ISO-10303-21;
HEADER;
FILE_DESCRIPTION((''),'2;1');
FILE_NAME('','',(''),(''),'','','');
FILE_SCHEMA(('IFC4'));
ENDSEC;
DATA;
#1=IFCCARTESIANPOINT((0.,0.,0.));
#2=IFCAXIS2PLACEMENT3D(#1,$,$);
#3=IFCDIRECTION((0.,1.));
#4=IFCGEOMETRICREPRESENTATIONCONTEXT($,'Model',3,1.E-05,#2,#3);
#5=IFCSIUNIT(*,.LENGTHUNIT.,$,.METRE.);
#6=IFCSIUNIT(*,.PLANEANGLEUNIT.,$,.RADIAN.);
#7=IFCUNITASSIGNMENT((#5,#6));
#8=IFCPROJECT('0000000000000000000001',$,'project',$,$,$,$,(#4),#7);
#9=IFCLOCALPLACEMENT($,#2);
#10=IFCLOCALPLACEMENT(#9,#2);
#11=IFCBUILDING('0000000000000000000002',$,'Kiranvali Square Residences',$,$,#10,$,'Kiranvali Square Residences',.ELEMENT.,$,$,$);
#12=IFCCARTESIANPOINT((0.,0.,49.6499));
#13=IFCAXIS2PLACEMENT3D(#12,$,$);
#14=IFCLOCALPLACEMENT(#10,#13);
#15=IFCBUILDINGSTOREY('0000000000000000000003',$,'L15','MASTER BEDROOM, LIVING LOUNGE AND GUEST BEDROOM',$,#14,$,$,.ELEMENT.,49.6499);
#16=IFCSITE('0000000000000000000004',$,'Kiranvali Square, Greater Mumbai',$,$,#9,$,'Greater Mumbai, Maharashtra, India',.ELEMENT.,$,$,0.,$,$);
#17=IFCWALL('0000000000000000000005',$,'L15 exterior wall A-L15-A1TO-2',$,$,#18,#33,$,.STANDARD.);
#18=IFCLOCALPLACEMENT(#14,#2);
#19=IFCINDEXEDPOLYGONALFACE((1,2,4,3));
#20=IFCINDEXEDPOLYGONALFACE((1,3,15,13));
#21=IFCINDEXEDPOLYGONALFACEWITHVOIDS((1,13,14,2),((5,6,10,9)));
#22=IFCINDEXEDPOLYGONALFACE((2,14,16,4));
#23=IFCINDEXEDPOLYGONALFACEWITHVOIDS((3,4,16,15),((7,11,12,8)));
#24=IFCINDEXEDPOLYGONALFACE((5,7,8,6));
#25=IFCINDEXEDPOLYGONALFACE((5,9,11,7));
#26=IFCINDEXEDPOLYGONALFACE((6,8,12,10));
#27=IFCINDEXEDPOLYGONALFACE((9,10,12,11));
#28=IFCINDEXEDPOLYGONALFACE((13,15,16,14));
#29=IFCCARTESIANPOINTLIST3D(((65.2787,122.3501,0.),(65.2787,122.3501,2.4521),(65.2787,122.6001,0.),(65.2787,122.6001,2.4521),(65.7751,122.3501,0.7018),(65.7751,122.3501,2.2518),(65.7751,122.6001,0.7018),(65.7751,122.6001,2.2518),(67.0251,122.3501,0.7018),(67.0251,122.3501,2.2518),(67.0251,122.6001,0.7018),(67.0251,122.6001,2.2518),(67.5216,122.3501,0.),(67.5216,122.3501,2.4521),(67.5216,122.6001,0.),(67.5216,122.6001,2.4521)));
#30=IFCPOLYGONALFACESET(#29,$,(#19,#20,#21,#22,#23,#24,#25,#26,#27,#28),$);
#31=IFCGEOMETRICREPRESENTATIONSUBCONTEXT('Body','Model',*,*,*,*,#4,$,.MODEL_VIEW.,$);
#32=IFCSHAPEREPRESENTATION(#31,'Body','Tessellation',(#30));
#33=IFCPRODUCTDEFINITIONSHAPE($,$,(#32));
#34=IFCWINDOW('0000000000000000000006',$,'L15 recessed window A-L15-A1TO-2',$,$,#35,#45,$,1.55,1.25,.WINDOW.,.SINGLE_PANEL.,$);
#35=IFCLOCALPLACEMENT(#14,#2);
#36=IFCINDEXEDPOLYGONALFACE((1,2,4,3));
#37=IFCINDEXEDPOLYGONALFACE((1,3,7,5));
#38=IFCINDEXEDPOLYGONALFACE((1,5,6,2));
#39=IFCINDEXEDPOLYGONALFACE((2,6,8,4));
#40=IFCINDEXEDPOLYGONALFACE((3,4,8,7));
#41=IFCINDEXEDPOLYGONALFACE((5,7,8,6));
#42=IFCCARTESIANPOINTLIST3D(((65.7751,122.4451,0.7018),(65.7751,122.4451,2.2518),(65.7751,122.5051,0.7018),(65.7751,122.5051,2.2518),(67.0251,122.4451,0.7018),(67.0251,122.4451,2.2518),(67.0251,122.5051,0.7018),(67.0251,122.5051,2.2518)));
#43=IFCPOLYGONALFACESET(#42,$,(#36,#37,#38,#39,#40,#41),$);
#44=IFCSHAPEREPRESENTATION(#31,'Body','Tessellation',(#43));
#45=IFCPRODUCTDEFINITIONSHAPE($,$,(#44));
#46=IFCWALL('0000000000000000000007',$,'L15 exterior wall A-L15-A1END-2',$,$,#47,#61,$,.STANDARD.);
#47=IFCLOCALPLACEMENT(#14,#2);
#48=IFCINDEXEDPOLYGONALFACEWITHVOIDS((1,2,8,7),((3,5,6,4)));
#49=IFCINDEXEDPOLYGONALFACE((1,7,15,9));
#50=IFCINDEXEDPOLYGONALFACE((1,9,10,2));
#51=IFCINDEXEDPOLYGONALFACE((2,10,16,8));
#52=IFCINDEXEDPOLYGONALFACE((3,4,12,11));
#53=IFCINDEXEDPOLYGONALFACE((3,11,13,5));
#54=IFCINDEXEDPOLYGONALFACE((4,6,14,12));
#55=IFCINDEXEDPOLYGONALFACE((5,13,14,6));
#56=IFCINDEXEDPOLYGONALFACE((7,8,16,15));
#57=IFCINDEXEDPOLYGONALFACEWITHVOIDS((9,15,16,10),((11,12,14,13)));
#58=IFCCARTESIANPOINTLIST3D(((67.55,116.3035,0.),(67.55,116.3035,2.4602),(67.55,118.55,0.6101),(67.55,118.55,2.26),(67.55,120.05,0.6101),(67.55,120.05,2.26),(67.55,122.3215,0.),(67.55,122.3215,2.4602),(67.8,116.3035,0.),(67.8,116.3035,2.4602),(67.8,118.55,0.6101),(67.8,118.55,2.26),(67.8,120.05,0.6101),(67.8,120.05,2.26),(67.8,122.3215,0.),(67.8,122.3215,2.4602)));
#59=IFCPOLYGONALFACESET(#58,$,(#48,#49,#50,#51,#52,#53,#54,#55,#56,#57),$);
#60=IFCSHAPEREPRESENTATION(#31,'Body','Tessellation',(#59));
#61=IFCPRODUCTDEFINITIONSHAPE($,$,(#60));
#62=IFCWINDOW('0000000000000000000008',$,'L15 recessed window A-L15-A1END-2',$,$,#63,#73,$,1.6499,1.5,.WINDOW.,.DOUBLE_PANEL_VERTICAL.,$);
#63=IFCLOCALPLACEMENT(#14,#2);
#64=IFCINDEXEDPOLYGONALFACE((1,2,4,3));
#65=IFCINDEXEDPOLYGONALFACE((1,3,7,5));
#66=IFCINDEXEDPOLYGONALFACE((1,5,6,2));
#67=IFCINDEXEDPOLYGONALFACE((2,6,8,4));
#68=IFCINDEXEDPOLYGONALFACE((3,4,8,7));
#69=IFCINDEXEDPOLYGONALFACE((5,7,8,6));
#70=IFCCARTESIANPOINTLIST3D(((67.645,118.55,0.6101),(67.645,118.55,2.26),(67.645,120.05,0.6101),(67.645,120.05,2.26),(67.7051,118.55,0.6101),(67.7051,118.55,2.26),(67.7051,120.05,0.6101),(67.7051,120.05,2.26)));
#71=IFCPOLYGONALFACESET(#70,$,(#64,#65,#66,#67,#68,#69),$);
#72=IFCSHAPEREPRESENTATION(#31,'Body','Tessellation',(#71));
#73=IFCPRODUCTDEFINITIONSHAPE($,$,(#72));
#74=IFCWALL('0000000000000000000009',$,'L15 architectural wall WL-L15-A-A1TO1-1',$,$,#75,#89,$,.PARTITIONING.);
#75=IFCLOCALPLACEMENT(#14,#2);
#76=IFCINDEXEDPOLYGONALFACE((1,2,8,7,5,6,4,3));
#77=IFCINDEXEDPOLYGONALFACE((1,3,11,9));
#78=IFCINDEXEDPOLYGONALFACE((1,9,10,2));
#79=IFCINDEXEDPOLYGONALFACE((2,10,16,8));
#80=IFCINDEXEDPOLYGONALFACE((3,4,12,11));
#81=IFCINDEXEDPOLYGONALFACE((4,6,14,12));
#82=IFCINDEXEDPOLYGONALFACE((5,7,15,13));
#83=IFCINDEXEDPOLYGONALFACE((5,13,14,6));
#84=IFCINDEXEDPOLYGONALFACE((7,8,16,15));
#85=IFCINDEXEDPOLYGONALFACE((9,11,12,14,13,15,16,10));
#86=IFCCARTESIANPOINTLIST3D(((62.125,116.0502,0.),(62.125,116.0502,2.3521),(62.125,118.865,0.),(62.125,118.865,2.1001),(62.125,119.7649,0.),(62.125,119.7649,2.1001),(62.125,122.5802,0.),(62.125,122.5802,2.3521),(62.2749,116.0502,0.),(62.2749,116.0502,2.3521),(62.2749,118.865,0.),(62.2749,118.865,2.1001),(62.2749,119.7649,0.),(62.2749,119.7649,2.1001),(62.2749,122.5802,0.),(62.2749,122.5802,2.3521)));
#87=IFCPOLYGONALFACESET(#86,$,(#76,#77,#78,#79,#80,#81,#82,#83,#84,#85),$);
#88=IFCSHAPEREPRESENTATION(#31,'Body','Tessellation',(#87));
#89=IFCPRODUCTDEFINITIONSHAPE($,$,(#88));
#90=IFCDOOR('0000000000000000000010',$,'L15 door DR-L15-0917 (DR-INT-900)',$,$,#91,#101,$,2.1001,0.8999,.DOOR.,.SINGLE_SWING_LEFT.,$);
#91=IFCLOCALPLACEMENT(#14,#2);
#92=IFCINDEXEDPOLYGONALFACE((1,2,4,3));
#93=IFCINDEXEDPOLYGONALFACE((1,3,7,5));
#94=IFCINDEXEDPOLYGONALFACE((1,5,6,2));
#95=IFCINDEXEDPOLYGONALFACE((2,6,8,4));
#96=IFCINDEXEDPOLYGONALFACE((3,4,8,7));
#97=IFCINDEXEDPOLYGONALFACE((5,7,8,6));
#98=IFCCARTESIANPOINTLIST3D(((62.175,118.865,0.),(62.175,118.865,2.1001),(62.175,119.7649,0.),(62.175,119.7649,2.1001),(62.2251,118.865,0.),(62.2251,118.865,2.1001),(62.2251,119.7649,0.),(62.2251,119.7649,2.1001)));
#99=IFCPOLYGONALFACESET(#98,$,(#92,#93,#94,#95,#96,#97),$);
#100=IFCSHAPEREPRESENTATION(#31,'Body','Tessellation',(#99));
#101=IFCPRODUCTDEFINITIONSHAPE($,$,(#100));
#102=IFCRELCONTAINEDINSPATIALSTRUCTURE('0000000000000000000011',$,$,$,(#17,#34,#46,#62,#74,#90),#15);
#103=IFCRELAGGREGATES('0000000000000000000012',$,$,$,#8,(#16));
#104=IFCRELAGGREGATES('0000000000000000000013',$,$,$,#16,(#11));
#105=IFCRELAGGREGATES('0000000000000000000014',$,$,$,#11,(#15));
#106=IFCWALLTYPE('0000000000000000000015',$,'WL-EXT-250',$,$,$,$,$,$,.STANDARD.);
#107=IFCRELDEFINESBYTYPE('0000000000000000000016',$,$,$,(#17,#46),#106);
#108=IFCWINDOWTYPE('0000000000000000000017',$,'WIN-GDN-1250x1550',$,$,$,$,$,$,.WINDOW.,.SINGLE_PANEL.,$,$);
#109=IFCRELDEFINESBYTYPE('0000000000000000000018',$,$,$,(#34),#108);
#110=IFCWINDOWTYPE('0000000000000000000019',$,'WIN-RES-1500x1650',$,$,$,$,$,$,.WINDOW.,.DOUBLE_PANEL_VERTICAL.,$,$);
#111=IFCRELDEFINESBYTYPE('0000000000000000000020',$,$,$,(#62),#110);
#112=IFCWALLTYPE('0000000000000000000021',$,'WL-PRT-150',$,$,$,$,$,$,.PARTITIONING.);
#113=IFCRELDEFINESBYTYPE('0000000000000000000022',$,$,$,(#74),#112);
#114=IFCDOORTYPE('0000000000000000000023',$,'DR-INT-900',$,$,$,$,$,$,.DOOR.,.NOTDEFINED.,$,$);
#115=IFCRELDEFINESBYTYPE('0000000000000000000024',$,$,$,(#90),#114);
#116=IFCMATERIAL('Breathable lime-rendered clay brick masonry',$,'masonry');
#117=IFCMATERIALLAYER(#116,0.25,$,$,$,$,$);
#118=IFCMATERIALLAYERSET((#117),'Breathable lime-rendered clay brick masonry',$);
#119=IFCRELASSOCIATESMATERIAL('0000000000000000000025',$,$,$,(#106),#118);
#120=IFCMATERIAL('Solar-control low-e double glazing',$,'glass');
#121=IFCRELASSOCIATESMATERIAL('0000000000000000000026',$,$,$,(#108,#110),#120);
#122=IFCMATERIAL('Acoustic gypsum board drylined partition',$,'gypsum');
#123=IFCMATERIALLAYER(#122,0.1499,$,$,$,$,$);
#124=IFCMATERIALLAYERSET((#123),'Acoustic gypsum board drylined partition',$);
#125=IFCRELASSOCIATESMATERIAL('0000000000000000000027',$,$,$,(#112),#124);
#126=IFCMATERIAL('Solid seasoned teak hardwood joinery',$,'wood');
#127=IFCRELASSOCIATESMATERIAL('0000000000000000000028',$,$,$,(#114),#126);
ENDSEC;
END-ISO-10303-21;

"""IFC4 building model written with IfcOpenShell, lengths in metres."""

from ifc_helpers import new_model, si_unit, direction, frame, frame_2d, origin, place, context, subcontext, project, spatial, rectangle, extrude, material, layer, layer_set, type_object, element, fill, save


model = new_model("IFC4")

# Units and contexts
model_context = context("Model", 3, precision=1e-05, world=origin(), true_north=direction((0.0, 1.0)))
body_context = subcontext(model_context, "Body", "Model", "MODEL_VIEW")
ifc_project = project(units=[si_unit("LENGTHUNIT", "METRE"), si_unit("PLANEANGLEUNIT", "RADIAN")], contexts=[model_context])

# Site, building, storey
site_placement = place(None, origin())
site = spatial("IfcSite", under=ifc_project, at=site_placement, Name="Kiranvali Square, Greater Mumbai", LongName="Greater Mumbai, Maharashtra, India", CompositionType="ELEMENT", RefElevation=0.0)
building_placement = place(site_placement, origin())
building = spatial("IfcBuilding", under=site, at=building_placement, Name="Kiranvali Square Residences", LongName="Kiranvali Square Residences", CompositionType="ELEMENT")
storey_placement = place(building_placement, frame((0.0, 0.0, 49.6499)))
storey = spatial("IfcBuildingStorey", under=building, at=storey_placement, Name="L15", Description="MASTER BEDROOM, LIVING LOUNGE AND GUEST BEDROOM", CompositionType="ELEMENT", Elevation=49.6499)

# Walls, openings, windows
ifc_material_1 = material(Name="Breathable lime-rendered clay brick masonry", Category="masonry")
ifc_layer_1 = layer(ifc_material_1, 0.25)
ifc_layer_set_1 = layer_set([ifc_layer_1], Name="Breathable lime-rendered clay brick masonry")
wall_type_1 = type_object("IfcWallType", Name="WL-EXT-250", PredefinedType="STANDARD", material=ifc_layer_set_1)
ifc_material_2 = material(Name="Solar-control low-e double glazing", Category="glass")
window_type_1 = type_object("IfcWindowType", Name="WIN-GDN-1250x1550", PartitioningType="SINGLE_PANEL", PredefinedType="WINDOW", material=ifc_material_2)
wall_1_placement = place(storey_placement, frame((65.2786, 122.4751, 0.0), z_axis=(0.0, 0.0, 1.0), x_axis=(1.0, 0.0, 0.0)))
wall_1 = element("IfcWall", 1, at=wall_1_placement, inside=storey, type_object=wall_type_1, Name="L15 exterior wall A-L15-A1TO-2", PredefinedType="STANDARD", context=body_context, shape_type="SweptSolid", body=[
    extrude(rectangle(XDim=2.2429, YDim=0.25, at=frame_2d((1.1216, 0.0))), origin(), (0.0, 0.0, 1.0), 2.4521),
])
opening_1_placement = place(wall_1_placement, frame((0.4966, 0.0, 0.7019)))
opening_1 = element("IfcOpeningElement", 2, at=opening_1_placement, cuts=wall_1, PredefinedType="OPENING", context=body_context, shape_type="SweptSolid", body=[
    extrude(rectangle(XDim=1.25, YDim=1.55, at=frame_2d((0.625, 0.7749))), frame((0.0, 0.135, 0.0), z_axis=(0.0, -1.0, 0.0), x_axis=(1.0, 0.0, 0.0)), (0.0, 0.0, 1.0), 0.27),
])
window_1_placement = place(opening_1_placement, origin())
window_1 = element("IfcWindow", 3, at=window_1_placement, inside=storey, type_object=window_type_1, Name="L15 recessed window A-L15-A1TO-2", OverallHeight=1.55, OverallWidth=1.25, PartitioningType="SINGLE_PANEL", PredefinedType="WINDOW", context=body_context, shape_type="SweptSolid", body=[
    extrude(rectangle(XDim=1.25, YDim=1.55, at=frame_2d((0.625, 0.7749))), frame((0.0, 0.03, 0.0), z_axis=(0.0, -1.0, 0.0), x_axis=(1.0, 0.0, 0.0)), (0.0, 0.0, 1.0), 0.0601),
])
fill(opening_1, window_1)
wall_2_placement = place(storey_placement, frame((67.675, 116.3035, 0.0), z_axis=(0.0, 0.0, 1.0), x_axis=(0.0, 1.0, 0.0)))
wall_2 = element("IfcWall", 4, at=wall_2_placement, inside=storey, type_object=wall_type_1, Name="L15 exterior wall A-L15-A1END-2", PredefinedType="STANDARD", context=body_context, shape_type="SweptSolid", body=[
    extrude(rectangle(XDim=6.0181, YDim=0.25, at=frame_2d((3.009, 0.0))), origin(), (0.0, 0.0, 1.0), 2.4602),
])
opening_2_placement = place(wall_2_placement, frame((2.2466, 0.0, 0.6101)))
opening_2 = element("IfcOpeningElement", 5, at=opening_2_placement, cuts=wall_2, PredefinedType="OPENING", context=body_context, shape_type="SweptSolid", body=[
    extrude(rectangle(XDim=1.5, YDim=1.6499, at=frame_2d((0.75, 0.825))), frame((0.0, 0.135, 0.0), z_axis=(0.0, -1.0, 0.0), x_axis=(1.0, 0.0, 0.0)), (0.0, 0.0, 1.0), 0.27),
])
window_type_2 = type_object("IfcWindowType", Name="WIN-RES-1500x1650", PartitioningType="DOUBLE_PANEL_VERTICAL", PredefinedType="WINDOW", material=ifc_material_2)
window_2_placement = place(opening_2_placement, origin())
window_2 = element("IfcWindow", 6, at=window_2_placement, inside=storey, type_object=window_type_2, Name="L15 recessed window A-L15-A1END-2", OverallHeight=1.6499, OverallWidth=1.5, PartitioningType="DOUBLE_PANEL_VERTICAL", PredefinedType="WINDOW", context=body_context, shape_type="SweptSolid", body=[
    extrude(rectangle(XDim=1.5, YDim=1.6499, at=frame_2d((0.75, 0.825))), frame((0.0, 0.03, 0.0), z_axis=(0.0, -1.0, 0.0), x_axis=(1.0, 0.0, 0.0)), (0.0, 0.0, 1.0), 0.0601),
])
fill(opening_2, window_2)

# Wall, opening, door
ifc_material_3 = material(Name="Acoustic gypsum board drylined partition", Category="gypsum")
ifc_layer_2 = layer(ifc_material_3, 0.1499)
ifc_layer_set_2 = layer_set([ifc_layer_2], Name="Acoustic gypsum board drylined partition")
wall_type_2 = type_object("IfcWallType", Name="WL-PRT-150", PredefinedType="PARTITIONING", material=ifc_layer_set_2)
wall_3_placement = place(storey_placement, frame((62.2, 116.05, 0.0), z_axis=(0.0, 0.0, 1.0), x_axis=(0.0, 1.0, 0.0)))
wall_3 = element("IfcWall", 7, at=wall_3_placement, inside=storey, type_object=wall_type_2, Name="L15 architectural wall WL-L15-A-A1TO1-1", PredefinedType="PARTITIONING", context=body_context, shape_type="SweptSolid", body=[
    extrude(rectangle(XDim=6.53, YDim=0.1499, at=frame_2d((3.2651, 0.0))), origin(), (0.0, 0.0, 1.0), 2.3521),
])
opening_3_placement = place(wall_3_placement, frame((2.8149, 0.0, 0.0)))
opening_3 = element("IfcOpeningElement", 8, at=opening_3_placement, cuts=wall_3, PredefinedType="OPENING", context=body_context, shape_type="SweptSolid", body=[
    extrude(rectangle(XDim=0.8999, YDim=2.1001, at=frame_2d((0.45, 1.05))), frame((0.0, 0.085, 0.0), z_axis=(0.0, -1.0, 0.0), x_axis=(1.0, 0.0, 0.0)), (0.0, 0.0, 1.0), 0.1699),
])
ifc_material_4 = material(Name="Solid seasoned teak hardwood joinery", Category="wood")
door_type = type_object("IfcDoorType", Name="DR-INT-900", OperationType="NOTDEFINED", PredefinedType="DOOR", material=ifc_material_4)
door_placement = place(opening_3_placement, origin())
door = element("IfcDoor", 9, at=door_placement, inside=storey, type_object=door_type, Name="L15 door DR-L15-0917 (DR-INT-900)", OperationType="SINGLE_SWING_LEFT", OverallHeight=2.1001, OverallWidth=0.8999, PredefinedType="DOOR", context=body_context, shape_type="SweptSolid", body=[
    extrude(rectangle(XDim=0.8999, YDim=2.1001, at=frame_2d((0.45, 1.05))), frame((0.0, 0.0249, 0.0), z_axis=(0.0, -1.0, 0.0), x_axis=(1.0, 0.0, 0.0)), (0.0, 0.0, 1.0), 0.05),
])
fill(opening_3, door)

save(model, "model.ifc")
